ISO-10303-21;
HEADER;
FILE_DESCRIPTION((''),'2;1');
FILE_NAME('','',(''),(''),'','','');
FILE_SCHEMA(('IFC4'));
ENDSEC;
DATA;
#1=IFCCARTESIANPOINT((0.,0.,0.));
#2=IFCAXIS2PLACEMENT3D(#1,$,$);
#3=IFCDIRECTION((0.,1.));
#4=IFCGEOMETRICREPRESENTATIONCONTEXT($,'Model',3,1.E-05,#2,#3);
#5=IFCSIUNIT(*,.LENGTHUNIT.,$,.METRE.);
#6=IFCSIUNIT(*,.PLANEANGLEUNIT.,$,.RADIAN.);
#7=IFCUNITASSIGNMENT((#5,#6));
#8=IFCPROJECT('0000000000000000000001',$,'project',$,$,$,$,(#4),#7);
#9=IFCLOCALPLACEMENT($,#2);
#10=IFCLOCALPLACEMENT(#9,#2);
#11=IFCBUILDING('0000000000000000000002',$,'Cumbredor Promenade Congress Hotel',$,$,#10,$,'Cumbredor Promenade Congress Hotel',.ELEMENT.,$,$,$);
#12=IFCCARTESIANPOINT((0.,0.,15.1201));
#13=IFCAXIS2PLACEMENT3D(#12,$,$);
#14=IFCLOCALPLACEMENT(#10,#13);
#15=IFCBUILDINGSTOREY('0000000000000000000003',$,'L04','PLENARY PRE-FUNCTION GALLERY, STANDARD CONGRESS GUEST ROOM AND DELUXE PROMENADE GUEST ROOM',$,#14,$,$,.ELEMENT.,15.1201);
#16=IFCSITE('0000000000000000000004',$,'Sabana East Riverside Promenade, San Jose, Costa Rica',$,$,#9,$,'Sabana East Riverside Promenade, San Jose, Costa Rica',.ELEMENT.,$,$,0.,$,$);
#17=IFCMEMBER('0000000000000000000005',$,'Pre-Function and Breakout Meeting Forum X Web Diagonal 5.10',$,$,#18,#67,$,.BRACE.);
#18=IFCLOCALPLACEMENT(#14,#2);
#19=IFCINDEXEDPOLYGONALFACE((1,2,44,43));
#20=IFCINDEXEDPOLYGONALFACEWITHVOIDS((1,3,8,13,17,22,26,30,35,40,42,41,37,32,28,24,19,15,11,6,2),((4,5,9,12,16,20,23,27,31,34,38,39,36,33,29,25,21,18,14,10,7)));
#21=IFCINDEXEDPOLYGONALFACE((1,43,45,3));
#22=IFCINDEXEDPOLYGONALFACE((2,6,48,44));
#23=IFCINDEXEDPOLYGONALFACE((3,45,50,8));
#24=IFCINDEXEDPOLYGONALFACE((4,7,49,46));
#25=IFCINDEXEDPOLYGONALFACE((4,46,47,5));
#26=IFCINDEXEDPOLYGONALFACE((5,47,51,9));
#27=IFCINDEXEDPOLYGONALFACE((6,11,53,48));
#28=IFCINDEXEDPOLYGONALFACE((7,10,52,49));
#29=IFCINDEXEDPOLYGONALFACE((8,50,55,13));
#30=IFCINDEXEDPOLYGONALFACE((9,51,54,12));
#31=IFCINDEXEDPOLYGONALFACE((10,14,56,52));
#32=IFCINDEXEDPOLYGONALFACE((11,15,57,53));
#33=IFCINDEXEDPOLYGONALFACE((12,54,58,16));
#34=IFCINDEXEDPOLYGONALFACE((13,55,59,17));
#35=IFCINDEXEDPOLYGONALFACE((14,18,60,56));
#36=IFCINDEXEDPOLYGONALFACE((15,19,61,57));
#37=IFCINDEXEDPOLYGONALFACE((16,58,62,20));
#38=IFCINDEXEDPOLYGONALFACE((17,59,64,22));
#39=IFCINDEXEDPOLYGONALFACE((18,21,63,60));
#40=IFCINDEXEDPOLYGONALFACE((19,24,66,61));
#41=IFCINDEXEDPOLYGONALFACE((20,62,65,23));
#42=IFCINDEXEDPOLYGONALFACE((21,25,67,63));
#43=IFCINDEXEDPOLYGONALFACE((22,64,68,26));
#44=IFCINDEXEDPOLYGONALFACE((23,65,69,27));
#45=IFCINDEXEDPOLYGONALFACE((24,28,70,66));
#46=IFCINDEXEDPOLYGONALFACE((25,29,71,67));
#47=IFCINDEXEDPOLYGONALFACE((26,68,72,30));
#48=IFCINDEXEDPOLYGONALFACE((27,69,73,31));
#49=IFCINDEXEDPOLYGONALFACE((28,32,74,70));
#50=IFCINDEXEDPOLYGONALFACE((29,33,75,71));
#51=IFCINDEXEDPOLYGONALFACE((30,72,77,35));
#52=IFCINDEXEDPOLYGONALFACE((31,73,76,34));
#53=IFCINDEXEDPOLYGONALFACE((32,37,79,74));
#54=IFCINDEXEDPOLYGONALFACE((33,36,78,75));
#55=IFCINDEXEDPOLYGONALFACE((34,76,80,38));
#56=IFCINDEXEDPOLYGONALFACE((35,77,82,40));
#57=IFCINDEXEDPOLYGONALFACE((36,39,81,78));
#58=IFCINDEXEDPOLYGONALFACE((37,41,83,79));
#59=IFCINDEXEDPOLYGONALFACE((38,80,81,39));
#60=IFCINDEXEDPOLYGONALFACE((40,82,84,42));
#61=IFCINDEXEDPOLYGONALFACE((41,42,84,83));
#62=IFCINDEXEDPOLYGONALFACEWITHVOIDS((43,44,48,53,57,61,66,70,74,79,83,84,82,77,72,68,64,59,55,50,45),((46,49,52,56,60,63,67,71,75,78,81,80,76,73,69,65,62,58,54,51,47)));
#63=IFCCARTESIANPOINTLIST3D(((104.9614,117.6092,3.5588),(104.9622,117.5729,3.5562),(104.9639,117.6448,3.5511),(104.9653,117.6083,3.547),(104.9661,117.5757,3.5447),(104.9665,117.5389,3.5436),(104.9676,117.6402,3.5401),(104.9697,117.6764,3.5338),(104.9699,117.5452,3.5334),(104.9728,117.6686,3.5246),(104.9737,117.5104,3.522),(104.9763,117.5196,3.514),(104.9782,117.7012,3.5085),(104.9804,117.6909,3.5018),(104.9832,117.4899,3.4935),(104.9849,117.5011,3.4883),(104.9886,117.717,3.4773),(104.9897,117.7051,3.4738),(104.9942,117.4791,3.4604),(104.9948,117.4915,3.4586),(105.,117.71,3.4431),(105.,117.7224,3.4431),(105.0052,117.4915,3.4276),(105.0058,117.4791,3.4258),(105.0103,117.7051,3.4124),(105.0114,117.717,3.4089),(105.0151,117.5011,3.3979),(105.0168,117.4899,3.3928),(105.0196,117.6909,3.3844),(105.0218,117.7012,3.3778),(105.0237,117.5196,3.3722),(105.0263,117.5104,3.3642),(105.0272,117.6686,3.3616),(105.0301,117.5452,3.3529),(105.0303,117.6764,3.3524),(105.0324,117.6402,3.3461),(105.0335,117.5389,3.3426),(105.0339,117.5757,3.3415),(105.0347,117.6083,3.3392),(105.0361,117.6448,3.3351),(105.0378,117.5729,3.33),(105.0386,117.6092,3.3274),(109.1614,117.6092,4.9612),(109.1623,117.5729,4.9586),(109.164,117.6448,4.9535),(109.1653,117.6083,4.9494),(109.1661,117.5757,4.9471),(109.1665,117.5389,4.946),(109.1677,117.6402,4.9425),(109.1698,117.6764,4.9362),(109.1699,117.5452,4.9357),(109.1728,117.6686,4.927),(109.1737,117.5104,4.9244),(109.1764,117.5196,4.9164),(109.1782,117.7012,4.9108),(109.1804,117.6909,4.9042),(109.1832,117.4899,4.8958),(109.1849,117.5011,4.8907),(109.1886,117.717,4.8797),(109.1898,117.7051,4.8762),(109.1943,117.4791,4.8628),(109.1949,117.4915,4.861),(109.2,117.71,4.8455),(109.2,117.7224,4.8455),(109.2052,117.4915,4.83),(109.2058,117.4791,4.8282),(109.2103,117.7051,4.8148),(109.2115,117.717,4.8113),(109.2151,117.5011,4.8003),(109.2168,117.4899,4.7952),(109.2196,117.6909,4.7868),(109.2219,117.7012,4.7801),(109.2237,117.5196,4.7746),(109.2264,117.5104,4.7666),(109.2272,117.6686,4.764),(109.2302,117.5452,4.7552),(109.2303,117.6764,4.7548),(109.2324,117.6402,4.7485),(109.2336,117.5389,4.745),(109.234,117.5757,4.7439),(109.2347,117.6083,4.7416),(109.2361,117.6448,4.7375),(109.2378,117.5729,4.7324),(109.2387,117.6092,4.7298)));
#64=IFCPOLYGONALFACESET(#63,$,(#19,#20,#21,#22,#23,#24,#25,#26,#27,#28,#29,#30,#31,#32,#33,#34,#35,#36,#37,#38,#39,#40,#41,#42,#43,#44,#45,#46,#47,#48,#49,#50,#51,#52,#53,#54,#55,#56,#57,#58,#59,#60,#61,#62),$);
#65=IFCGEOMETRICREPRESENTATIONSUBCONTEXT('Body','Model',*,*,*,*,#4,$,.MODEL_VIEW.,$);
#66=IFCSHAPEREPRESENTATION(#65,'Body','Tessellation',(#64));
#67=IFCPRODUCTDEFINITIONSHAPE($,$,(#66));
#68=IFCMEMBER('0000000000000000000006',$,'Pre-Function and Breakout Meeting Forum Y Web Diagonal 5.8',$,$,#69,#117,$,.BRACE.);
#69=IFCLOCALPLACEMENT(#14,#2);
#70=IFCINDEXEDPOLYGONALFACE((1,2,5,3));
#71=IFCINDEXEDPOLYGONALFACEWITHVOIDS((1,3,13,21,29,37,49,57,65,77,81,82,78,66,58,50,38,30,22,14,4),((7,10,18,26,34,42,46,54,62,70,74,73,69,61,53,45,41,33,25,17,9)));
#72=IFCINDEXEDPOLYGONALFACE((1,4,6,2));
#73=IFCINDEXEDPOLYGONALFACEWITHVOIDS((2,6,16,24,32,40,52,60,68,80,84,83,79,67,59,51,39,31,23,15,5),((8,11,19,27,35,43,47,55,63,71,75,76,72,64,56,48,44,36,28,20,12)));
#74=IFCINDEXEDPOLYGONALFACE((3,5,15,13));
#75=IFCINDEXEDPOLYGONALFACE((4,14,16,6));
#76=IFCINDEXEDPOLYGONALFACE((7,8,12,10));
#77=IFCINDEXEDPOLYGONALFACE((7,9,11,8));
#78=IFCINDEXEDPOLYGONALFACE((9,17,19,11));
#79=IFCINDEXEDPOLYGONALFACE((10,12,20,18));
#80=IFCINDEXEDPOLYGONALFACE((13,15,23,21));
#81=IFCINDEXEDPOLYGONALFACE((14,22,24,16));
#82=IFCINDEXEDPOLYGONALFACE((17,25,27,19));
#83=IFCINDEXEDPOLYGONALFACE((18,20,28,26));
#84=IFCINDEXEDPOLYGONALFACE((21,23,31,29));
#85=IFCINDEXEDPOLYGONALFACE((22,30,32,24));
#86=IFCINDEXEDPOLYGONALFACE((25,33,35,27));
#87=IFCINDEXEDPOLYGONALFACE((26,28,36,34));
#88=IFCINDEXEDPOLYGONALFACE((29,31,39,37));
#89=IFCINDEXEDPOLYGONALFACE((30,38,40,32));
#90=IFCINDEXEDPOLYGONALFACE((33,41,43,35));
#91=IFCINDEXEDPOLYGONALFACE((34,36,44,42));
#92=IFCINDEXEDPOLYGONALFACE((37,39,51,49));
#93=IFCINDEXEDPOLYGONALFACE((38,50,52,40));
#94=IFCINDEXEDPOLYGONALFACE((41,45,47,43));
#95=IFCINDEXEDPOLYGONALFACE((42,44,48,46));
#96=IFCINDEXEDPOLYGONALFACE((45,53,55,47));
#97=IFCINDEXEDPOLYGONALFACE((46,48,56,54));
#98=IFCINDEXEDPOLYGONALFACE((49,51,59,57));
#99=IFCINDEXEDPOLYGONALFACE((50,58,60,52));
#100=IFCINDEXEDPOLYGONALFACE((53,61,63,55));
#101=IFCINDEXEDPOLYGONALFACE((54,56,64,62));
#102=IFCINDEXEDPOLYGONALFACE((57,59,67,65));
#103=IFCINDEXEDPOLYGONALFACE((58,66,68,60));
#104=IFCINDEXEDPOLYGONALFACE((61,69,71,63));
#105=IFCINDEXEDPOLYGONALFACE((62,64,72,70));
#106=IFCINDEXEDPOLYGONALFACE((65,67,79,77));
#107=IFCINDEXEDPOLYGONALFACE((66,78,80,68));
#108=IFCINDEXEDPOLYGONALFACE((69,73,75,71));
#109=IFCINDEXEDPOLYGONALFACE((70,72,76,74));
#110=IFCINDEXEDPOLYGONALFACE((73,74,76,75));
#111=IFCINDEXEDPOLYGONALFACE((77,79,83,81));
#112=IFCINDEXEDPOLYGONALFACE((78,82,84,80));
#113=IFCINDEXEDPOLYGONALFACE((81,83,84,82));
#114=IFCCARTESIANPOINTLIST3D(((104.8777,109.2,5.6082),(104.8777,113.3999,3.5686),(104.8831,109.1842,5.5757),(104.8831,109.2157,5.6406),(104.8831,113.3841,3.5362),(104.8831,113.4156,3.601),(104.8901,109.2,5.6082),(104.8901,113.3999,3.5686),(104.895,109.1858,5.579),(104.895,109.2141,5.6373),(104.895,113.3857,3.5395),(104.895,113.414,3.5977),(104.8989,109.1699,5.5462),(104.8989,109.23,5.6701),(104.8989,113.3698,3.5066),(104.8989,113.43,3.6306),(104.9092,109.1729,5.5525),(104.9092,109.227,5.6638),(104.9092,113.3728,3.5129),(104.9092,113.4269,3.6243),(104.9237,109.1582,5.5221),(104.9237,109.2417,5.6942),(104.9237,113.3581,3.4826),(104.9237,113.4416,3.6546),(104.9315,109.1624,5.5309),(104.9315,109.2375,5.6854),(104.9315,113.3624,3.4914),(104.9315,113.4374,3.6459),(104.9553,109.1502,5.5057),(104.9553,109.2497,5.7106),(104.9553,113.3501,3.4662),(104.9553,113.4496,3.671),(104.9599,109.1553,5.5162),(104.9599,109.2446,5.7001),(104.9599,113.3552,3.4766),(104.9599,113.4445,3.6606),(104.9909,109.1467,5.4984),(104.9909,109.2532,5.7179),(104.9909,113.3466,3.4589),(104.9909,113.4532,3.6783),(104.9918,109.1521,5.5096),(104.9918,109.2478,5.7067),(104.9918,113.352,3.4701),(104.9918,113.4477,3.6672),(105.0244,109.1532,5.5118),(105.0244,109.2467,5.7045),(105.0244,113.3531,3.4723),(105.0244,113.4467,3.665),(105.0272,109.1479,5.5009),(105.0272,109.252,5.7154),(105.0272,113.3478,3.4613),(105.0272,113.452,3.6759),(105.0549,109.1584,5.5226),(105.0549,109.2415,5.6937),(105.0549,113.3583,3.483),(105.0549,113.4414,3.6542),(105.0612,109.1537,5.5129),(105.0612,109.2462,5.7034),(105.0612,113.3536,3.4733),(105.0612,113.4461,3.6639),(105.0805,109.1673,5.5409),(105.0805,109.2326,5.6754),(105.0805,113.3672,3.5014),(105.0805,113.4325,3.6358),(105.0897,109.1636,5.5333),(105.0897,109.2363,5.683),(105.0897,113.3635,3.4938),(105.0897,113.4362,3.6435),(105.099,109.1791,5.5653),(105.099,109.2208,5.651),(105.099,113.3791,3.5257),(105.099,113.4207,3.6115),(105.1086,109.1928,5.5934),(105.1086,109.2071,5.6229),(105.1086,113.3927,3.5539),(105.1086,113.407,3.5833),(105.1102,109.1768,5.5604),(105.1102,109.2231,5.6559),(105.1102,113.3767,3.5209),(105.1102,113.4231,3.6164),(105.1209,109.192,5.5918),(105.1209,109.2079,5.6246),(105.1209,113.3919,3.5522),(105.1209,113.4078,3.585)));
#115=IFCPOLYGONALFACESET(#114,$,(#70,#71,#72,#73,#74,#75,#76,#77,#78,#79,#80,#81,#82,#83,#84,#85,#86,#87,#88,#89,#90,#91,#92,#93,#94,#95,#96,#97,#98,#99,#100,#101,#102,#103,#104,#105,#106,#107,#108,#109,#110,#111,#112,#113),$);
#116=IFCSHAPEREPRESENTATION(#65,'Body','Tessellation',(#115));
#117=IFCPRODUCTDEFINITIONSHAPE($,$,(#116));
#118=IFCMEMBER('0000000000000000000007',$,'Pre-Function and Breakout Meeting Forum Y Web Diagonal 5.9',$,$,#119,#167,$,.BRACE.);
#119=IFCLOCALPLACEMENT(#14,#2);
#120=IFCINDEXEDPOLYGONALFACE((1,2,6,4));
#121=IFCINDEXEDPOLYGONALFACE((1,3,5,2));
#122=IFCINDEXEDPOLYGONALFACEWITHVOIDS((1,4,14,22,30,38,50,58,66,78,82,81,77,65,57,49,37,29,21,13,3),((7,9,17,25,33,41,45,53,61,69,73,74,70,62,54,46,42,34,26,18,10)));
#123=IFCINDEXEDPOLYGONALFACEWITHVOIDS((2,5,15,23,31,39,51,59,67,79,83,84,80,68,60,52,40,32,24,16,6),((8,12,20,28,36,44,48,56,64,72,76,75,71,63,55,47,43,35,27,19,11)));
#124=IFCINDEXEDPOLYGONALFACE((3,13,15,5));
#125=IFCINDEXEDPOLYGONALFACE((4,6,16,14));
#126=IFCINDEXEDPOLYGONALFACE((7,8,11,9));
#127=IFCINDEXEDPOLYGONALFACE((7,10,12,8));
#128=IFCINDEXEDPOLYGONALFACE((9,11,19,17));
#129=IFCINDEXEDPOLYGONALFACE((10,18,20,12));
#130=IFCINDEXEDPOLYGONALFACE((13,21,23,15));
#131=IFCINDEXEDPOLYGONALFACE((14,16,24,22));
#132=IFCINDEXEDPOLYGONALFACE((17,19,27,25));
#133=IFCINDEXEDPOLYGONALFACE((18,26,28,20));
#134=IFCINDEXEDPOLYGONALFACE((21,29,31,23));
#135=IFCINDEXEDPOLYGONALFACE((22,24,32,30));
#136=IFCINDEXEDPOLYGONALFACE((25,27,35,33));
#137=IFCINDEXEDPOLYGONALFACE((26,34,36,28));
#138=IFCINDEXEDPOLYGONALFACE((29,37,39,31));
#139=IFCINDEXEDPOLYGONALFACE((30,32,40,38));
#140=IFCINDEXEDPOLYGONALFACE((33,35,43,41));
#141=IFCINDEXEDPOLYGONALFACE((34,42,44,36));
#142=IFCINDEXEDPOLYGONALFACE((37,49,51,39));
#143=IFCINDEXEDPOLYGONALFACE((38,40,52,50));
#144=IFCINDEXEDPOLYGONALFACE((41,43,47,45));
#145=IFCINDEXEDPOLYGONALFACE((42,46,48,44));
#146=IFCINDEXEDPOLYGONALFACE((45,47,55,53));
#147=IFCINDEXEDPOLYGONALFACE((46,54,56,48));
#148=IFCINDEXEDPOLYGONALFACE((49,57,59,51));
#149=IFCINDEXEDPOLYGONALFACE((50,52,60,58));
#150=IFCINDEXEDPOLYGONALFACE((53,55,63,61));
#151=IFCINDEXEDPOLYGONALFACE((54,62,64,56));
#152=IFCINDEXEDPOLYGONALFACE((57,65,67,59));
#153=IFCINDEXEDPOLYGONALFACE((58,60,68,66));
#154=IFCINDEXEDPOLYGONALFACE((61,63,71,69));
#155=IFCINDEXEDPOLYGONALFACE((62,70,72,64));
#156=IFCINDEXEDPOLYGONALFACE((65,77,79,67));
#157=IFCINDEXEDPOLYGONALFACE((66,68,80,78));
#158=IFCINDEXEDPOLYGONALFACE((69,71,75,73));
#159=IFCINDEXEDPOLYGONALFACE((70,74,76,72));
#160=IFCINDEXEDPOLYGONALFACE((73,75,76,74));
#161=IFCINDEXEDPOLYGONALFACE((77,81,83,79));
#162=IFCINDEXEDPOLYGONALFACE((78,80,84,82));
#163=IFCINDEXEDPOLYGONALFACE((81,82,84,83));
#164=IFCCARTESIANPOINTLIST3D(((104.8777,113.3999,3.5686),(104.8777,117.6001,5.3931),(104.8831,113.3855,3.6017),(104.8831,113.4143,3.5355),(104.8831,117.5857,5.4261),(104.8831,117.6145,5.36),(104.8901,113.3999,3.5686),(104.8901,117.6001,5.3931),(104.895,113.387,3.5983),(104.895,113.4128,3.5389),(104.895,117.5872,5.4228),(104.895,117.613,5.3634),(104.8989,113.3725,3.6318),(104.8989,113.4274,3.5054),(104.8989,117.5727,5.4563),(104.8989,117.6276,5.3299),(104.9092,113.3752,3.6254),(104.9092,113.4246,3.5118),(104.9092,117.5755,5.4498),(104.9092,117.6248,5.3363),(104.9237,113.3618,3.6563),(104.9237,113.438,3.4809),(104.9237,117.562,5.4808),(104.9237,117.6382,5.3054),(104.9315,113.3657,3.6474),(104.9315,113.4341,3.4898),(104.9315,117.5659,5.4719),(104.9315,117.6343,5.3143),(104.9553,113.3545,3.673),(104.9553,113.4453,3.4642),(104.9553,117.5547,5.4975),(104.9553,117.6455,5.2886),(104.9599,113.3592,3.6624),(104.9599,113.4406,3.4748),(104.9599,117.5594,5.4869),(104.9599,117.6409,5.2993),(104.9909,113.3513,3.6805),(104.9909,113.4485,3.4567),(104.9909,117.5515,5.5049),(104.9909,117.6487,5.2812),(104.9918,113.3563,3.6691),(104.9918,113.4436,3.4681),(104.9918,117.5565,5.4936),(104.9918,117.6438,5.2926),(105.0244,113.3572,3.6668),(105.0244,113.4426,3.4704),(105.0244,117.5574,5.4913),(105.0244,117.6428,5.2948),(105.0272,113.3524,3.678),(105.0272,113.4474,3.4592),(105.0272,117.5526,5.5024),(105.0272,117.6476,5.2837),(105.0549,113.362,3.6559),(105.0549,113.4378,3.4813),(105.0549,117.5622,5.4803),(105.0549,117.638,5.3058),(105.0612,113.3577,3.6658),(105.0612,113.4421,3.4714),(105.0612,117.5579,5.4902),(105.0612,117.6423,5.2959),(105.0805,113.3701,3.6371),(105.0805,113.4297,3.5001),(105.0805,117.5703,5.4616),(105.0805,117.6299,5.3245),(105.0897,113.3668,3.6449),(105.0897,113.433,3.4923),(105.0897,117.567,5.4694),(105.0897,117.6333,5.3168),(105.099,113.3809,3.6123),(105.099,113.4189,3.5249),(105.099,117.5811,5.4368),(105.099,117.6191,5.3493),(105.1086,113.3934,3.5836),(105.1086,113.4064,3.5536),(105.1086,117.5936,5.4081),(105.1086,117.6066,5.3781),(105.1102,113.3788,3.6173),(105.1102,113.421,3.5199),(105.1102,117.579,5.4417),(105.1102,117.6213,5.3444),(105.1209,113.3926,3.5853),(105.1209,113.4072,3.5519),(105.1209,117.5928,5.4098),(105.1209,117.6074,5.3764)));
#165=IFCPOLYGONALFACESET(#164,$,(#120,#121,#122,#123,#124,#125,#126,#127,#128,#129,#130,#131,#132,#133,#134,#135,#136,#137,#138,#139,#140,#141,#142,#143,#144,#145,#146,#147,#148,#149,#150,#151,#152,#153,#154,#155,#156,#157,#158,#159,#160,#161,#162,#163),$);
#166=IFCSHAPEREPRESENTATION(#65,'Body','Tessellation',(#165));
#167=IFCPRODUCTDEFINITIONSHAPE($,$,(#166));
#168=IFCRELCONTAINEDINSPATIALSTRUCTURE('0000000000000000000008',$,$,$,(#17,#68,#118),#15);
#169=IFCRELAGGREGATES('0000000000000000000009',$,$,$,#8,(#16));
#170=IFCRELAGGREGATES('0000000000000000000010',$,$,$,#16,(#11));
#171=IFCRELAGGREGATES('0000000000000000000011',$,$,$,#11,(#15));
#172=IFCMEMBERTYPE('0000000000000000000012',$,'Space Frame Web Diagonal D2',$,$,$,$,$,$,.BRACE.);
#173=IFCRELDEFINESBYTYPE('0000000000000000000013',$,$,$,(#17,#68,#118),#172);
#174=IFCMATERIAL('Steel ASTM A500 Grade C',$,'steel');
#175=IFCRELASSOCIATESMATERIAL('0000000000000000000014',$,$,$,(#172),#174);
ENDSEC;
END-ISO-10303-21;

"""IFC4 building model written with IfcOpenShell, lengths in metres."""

from ifc_helpers import new_model, si_unit, direction, frame, origin, origin_2d, place, context, subcontext, project, spatial, hollow_circle, extrude, material, material_profile, profile_set, type_object, element, save


model = new_model("IFC4")

# Units and contexts
model_context = context("Model", 3, precision=1e-05, world=origin(), true_north=direction((0.0, 1.0)))
body_context = subcontext(model_context, "Body", "Model", "MODEL_VIEW")
ifc_project = project(units=[si_unit("LENGTHUNIT", "METRE"), si_unit("PLANEANGLEUNIT", "RADIAN")], contexts=[model_context])

# Site, building, storey
site_placement = place(None, origin())
site = spatial("IfcSite", under=ifc_project, at=site_placement, Name="Sabana East Riverside Promenade, San Jose, Costa Rica", LongName="Sabana East Riverside Promenade, San Jose, Costa Rica", CompositionType="ELEMENT", RefElevation=0.0)
building_placement = place(site_placement, origin())
building = spatial("IfcBuilding", under=site, at=building_placement, Name="Cumbredor Promenade Congress Hotel", LongName="Cumbredor Promenade Congress Hotel", CompositionType="ELEMENT")
storey_placement = place(building_placement, frame((0.0, 0.0, 15.1201)))
storey = spatial("IfcBuildingStorey", under=building, at=storey_placement, Name="L04", Description="PLENARY PRE-FUNCTION GALLERY, STANDARD CONGRESS GUEST ROOM AND DELUXE PROMENADE GUEST ROOM", CompositionType="ELEMENT", Elevation=15.1201)

# Members
ifc_material_1 = material(Name="Steel ASTM A500 Grade C", Category="steel")
ifc_material_profile_1 = material_profile(ifc_material_1, hollow_circle(Radius=0.1223, WallThickness=0.0125, at=origin_2d()), Name="CHS 244.5x12.5")
ifc_profile_set_1 = profile_set([ifc_material_profile_1], Name="Steel ASTM A500 Grade C")
member_type_1 = type_object("IfcMemberType", Name="Space Frame Web Diagonal D2", PredefinedType="BRACE", material=ifc_profile_set_1)
member_1_placement = place(storey_placement, frame((105.0, 117.6001, 3.4431), z_axis=(0.948523, 0.0, 0.316707), x_axis=(0.0, 1.0, 0.0)))
element("IfcMember", 1, at=member_1_placement, inside=storey, type_object=member_type_1, Name="Pre-Function and Breakout Meeting Forum X Web Diagonal 5.10", PredefinedType="BRACE", context=body_context, shape_type="SweptSolid", body=[
    extrude(hollow_circle(Radius=0.1223, WallThickness=0.0125, at=origin_2d()), origin(), (0.0, 0.0, 1.0), 4.428),
])
member_2_placement = place(storey_placement, frame((105.0, 109.2, 5.6082), z_axis=(0.0, 0.899544, -0.43683), x_axis=(-1.0, 0.0, 0.0)))
element("IfcMember", 2, at=member_2_placement, inside=storey, type_object=member_type_1, Name="Pre-Function and Breakout Meeting Forum Y Web Diagonal 5.8", PredefinedType="BRACE", context=body_context, shape_type="SweptSolid", body=[
    extrude(hollow_circle(Radius=0.1223, WallThickness=0.0125, at=origin_2d()), origin(), (0.0, 0.0, 1.0), 4.6689),
])
member_3_placement = place(storey_placement, frame((105.0, 113.3999, 3.5686), z_axis=(0.0, 0.917206, 0.398412), x_axis=(-1.0, 0.0, 0.0)))
element("IfcMember", 3, at=member_3_placement, inside=storey, type_object=member_type_1, Name="Pre-Function and Breakout Meeting Forum Y Web Diagonal 5.9", PredefinedType="BRACE", context=body_context, shape_type="SweptSolid", body=[
    extrude(hollow_circle(Radius=0.1223, WallThickness=0.0125, at=origin_2d()), origin(), (0.0, 0.0, 1.0), 4.5793),
])

save(model, "model.ifc")
